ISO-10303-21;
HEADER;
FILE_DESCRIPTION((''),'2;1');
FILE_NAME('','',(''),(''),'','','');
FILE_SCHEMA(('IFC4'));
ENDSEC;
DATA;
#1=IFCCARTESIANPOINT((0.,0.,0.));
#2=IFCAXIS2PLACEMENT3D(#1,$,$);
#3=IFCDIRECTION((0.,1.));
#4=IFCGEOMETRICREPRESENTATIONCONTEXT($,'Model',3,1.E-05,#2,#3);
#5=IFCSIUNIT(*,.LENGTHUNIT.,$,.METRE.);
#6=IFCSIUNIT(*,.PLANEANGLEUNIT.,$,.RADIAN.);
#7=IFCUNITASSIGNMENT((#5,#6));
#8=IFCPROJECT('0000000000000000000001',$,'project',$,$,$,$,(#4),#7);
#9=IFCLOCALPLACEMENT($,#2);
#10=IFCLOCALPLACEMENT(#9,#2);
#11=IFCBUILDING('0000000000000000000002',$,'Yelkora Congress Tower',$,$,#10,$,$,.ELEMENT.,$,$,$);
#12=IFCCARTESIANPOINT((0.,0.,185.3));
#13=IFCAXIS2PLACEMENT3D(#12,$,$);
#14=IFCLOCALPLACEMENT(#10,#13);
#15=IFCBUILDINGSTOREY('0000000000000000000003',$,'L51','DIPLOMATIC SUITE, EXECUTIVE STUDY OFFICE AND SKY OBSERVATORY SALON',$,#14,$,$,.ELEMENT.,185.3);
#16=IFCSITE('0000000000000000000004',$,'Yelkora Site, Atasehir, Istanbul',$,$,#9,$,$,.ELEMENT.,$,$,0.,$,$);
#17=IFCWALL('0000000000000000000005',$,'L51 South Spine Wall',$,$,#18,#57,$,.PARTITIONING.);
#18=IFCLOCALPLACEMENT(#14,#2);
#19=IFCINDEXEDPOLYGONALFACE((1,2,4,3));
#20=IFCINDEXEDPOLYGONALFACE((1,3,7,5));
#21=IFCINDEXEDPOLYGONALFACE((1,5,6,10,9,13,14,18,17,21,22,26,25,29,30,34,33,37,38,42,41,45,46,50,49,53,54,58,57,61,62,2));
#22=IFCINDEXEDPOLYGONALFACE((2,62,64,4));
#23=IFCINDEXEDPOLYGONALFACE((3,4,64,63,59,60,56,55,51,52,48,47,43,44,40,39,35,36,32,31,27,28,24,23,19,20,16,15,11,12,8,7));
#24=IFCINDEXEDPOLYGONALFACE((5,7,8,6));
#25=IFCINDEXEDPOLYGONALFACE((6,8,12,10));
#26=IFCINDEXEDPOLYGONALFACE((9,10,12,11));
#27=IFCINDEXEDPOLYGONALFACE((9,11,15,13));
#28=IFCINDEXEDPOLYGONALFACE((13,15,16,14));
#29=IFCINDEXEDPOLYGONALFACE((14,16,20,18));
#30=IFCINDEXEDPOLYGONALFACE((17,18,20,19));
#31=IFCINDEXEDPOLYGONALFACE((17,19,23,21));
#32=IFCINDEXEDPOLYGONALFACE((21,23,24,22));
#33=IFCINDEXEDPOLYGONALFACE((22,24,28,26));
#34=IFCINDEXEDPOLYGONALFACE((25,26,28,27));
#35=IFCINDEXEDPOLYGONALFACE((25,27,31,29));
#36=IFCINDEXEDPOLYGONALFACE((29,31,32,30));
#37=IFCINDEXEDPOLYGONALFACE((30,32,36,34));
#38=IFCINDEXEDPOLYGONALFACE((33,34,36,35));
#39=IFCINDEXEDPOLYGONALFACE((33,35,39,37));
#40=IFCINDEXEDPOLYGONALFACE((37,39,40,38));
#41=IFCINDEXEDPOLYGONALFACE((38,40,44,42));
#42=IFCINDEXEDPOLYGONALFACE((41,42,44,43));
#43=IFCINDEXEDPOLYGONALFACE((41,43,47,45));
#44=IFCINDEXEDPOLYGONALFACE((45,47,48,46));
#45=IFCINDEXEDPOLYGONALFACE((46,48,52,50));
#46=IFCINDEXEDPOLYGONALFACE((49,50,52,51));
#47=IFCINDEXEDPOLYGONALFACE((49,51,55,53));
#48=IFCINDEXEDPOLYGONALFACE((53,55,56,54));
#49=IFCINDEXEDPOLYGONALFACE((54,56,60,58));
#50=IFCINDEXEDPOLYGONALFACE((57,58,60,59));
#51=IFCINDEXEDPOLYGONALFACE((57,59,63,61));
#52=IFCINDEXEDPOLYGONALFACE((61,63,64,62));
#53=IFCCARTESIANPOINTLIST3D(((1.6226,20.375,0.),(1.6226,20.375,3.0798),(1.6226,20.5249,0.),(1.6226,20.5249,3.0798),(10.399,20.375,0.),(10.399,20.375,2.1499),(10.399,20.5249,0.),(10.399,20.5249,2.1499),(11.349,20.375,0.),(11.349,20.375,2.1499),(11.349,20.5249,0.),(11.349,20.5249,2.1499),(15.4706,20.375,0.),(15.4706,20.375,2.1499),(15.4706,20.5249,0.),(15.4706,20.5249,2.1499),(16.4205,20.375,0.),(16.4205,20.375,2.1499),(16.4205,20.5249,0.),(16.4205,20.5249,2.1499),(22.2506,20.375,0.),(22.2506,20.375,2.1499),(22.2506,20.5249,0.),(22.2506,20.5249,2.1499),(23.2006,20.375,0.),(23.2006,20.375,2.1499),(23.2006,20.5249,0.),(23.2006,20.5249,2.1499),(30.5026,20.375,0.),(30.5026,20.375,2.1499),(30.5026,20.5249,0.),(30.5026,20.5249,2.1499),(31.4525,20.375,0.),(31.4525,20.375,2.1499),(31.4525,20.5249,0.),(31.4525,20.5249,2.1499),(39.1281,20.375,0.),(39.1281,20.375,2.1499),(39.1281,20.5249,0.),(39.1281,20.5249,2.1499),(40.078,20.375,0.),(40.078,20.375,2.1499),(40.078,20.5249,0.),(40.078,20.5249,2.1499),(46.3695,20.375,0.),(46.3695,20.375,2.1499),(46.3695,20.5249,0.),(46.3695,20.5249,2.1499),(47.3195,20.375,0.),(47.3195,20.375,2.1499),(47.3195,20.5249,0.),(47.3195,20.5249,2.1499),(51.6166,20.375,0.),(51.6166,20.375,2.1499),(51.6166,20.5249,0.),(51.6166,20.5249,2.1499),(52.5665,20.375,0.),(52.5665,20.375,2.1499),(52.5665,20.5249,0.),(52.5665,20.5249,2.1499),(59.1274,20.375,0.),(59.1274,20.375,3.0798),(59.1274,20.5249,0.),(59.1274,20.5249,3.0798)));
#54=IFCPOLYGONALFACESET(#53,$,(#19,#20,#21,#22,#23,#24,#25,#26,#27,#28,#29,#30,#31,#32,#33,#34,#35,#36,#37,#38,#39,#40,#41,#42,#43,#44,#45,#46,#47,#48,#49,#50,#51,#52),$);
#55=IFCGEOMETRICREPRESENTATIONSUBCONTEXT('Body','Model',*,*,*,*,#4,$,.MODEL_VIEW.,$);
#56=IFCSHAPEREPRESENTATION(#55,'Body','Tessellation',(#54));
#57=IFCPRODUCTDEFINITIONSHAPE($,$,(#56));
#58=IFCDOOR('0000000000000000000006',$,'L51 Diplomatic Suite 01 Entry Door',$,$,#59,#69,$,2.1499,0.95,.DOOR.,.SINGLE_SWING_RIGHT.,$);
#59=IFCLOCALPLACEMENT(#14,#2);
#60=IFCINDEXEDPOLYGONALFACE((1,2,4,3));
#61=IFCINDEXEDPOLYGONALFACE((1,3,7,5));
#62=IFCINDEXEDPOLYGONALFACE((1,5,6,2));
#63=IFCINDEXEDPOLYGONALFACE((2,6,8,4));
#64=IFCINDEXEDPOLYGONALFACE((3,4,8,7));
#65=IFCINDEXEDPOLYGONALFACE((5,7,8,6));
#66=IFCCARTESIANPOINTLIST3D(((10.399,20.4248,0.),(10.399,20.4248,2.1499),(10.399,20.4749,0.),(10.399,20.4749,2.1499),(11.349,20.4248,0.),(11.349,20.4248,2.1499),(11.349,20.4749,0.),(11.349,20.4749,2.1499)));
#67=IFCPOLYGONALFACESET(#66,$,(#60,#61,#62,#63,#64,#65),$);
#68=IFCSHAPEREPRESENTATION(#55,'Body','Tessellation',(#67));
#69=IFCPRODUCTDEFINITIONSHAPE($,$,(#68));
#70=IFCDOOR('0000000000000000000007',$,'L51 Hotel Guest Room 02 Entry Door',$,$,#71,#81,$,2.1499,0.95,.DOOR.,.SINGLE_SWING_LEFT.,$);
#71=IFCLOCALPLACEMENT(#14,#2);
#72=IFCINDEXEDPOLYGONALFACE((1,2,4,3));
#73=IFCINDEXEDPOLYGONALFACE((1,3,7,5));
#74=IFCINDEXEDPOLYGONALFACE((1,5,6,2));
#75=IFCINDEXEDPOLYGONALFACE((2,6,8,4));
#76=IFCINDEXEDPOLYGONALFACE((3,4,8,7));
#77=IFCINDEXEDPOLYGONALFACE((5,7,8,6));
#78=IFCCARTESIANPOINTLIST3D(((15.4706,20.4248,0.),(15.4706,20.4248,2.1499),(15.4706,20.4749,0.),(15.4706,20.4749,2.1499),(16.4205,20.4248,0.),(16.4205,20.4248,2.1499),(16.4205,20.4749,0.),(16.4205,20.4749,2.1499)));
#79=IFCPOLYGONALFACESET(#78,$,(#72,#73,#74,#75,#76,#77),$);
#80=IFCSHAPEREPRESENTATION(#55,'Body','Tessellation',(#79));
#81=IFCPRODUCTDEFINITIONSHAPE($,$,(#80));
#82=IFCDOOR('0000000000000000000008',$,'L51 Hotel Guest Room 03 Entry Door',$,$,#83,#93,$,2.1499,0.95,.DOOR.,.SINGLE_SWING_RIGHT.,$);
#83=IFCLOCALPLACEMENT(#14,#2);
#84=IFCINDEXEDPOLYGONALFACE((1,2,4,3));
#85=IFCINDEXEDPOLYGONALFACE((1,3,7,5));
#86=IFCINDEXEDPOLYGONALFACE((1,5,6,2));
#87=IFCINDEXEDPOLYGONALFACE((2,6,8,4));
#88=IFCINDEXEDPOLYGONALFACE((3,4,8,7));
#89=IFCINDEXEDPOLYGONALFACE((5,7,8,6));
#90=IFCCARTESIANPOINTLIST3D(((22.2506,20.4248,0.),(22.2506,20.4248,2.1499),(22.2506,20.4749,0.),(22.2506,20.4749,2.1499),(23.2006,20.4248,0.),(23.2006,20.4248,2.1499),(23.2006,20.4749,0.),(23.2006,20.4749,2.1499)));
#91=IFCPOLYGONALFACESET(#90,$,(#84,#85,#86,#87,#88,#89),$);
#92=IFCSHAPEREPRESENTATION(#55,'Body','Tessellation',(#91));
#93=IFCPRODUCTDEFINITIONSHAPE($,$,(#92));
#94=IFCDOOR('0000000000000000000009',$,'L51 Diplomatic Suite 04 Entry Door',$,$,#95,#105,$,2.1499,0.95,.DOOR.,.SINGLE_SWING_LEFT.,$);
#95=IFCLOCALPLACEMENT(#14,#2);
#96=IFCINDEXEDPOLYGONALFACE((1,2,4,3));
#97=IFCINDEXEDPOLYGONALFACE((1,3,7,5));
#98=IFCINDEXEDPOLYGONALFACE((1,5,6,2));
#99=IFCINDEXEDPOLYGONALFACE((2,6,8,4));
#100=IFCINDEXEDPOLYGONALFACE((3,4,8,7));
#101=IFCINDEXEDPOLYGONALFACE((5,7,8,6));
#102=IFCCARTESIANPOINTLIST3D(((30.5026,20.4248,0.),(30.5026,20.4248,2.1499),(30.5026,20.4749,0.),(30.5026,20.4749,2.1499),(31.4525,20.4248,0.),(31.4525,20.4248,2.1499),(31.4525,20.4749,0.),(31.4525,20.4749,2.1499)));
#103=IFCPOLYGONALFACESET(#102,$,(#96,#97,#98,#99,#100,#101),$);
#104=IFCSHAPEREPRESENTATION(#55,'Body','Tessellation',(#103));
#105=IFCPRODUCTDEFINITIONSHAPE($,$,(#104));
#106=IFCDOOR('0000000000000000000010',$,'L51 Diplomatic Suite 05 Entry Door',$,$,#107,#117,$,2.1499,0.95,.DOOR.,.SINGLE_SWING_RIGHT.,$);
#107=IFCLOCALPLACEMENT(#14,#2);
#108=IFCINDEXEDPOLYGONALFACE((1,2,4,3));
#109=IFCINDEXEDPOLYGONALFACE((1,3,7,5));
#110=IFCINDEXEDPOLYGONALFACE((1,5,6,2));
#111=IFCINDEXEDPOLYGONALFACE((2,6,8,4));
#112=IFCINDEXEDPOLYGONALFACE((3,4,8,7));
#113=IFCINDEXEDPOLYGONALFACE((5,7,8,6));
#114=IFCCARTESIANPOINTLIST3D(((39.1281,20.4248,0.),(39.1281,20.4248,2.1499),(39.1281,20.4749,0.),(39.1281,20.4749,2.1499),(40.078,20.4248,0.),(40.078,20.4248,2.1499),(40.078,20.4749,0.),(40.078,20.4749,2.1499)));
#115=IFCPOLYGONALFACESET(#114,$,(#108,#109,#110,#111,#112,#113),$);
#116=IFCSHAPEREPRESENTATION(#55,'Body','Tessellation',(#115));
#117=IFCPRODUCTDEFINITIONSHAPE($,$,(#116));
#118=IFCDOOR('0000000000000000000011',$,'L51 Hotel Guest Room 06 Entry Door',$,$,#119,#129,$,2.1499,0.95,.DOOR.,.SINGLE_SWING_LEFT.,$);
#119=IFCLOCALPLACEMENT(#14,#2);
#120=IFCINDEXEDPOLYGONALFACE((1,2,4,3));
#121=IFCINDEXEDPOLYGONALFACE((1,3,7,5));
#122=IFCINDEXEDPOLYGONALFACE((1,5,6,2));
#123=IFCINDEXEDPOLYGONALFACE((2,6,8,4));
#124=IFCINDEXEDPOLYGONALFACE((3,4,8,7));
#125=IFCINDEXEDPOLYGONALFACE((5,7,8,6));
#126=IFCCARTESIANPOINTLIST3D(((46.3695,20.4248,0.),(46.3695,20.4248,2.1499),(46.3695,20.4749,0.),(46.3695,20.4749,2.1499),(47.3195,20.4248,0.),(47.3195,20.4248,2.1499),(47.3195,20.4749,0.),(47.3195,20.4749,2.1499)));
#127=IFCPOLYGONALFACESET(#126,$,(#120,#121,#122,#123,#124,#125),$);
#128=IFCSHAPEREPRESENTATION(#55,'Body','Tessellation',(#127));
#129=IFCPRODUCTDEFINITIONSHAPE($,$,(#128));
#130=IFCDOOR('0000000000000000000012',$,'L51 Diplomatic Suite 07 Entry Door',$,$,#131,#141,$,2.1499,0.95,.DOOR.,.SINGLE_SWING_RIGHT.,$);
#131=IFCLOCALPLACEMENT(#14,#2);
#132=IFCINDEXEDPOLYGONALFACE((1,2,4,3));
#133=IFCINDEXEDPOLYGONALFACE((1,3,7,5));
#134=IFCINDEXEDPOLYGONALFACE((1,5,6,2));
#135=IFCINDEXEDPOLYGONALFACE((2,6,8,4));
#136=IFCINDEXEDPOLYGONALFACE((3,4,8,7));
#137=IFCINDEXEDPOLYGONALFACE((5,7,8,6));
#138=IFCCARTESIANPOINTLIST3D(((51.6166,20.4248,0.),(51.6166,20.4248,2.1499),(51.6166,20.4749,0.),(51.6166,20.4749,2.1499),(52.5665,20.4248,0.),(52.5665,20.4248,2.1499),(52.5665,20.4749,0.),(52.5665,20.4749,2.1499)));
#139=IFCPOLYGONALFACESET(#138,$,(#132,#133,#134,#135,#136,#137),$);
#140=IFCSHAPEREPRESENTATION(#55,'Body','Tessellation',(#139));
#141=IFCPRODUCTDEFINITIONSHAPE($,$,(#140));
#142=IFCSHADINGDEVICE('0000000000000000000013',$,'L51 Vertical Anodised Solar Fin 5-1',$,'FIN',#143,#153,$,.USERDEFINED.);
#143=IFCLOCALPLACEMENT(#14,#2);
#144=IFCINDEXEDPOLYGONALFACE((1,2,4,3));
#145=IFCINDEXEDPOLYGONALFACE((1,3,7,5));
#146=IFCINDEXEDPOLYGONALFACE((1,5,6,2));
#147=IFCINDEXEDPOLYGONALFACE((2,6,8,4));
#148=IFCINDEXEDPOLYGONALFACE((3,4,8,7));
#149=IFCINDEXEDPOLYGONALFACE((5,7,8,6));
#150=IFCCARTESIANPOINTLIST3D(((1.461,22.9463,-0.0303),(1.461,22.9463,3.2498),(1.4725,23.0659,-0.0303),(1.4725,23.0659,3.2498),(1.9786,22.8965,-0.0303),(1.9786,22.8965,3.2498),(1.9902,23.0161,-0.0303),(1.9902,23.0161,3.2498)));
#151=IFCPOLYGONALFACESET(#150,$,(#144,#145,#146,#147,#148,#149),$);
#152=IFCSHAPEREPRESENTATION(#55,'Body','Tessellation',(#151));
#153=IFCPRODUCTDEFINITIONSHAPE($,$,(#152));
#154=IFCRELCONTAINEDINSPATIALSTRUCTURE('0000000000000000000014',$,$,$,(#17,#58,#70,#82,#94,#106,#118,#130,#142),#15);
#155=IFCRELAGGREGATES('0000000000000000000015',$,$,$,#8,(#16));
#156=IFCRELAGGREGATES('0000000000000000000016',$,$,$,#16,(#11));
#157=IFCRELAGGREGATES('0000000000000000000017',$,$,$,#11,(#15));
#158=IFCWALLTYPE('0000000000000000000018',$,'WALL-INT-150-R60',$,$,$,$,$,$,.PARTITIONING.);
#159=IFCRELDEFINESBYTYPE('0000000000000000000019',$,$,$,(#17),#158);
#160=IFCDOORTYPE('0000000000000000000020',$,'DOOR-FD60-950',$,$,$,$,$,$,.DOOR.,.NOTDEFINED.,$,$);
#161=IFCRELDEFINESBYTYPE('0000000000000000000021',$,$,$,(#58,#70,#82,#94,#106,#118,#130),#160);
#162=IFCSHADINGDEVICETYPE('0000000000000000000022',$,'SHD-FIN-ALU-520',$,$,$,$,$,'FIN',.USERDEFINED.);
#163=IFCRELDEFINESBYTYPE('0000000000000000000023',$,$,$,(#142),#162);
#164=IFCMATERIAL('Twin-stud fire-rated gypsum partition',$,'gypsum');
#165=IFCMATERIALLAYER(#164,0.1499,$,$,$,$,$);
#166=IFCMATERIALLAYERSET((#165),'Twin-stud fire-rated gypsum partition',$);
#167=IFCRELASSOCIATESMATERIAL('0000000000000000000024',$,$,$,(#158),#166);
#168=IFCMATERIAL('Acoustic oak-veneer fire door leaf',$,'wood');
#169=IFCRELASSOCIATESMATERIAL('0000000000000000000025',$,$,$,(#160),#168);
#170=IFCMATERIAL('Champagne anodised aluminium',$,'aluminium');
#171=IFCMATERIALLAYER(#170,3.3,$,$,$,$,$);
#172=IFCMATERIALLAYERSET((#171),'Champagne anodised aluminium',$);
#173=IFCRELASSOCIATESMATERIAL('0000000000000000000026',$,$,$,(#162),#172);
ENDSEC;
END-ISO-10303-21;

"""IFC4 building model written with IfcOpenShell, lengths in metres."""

from ifc_helpers import new_model, si_unit, direction, frame, frame_2d, origin, origin_2d, place, context, subcontext, project, spatial, rectangle, extrude, material, layer, layer_set, type_object, element, fill, save


model = new_model("IFC4")

# Units and contexts
model_context = context("Model", 3, precision=1e-05, world=origin(), true_north=direction((0.0, 1.0)))
body_context = subcontext(model_context, "Body", "Model", "MODEL_VIEW")
ifc_project = project(units=[si_unit("LENGTHUNIT", "METRE"), si_unit("PLANEANGLEUNIT", "RADIAN")], contexts=[model_context])

# Site, building, storey
site_placement = place(None, origin())
site = spatial("IfcSite", under=ifc_project, at=site_placement, Name="Yelkora Site, Atasehir, Istanbul", CompositionType="ELEMENT", RefElevation=0.0)
building_placement = place(site_placement, origin())
building = spatial("IfcBuilding", under=site, at=building_placement, Name="Yelkora Congress Tower", CompositionType="ELEMENT")
storey_placement = place(building_placement, frame((0.0, 0.0, 185.3)))
storey = spatial("IfcBuildingStorey", under=building, at=storey_placement, Name="L51", Description="DIPLOMATIC SUITE, EXECUTIVE STUDY OFFICE AND SKY OBSERVATORY SALON", CompositionType="ELEMENT", Elevation=185.3)

# Wall, openings, doors
ifc_material_1 = material(Name="Twin-stud fire-rated gypsum partition", Category="gypsum")
ifc_layer_1 = layer(ifc_material_1, 0.1499)
ifc_layer_set_1 = layer_set([ifc_layer_1], Name="Twin-stud fire-rated gypsum partition")
wall_type_1 = type_object("IfcWallType", Name="WALL-INT-150-R60", PredefinedType="PARTITIONING", material=ifc_layer_set_1)
wall_1_placement = place(storey_placement, frame((1.6226, 20.45, 0.0), z_axis=(0.0, 0.0, 1.0), x_axis=(1.0, 0.0, 0.0)))
wall_1 = element("IfcWall", 1, at=wall_1_placement, inside=storey, type_object=wall_type_1, Name="L51 South Spine Wall", PredefinedType="PARTITIONING", context=body_context, shape_type="SweptSolid", body=[
    extrude(rectangle(XDim=57.5049, YDim=0.1499, at=frame_2d((28.7524, 0.0))), origin(), (0.0, 0.0, 1.0), 3.0798),
])
opening_1_placement = place(wall_1_placement, frame((8.7764, 0.0, 0.0)))
opening_1 = element("IfcOpeningElement", 2, at=opening_1_placement, cuts=wall_1, PredefinedType="OPENING", context=body_context, shape_type="SweptSolid", body=[
    extrude(rectangle(XDim=0.95, YDim=2.1499, at=frame_2d((0.4751, 1.075))), frame((0.0, 0.085, 0.0), z_axis=(0.0, -1.0, 0.0), x_axis=(1.0, 0.0, 0.0)), (0.0, 0.0, 1.0), 0.1699),
])
opening_2_placement = place(wall_1_placement, frame((13.8479, 0.0, 0.0)))
opening_2 = element("IfcOpeningElement", 3, at=opening_2_placement, cuts=wall_1, PredefinedType="OPENING", context=body_context, shape_type="SweptSolid", body=[
    extrude(rectangle(XDim=0.95, YDim=2.1499, at=frame_2d((0.4751, 1.075))), frame((0.0, 0.085, 0.0), z_axis=(0.0, -1.0, 0.0), x_axis=(1.0, 0.0, 0.0)), (0.0, 0.0, 1.0), 0.1699),
])
opening_3_placement = place(wall_1_placement, frame((20.6279, 0.0, 0.0)))
opening_3 = element("IfcOpeningElement", 4, at=opening_3_placement, cuts=wall_1, PredefinedType="OPENING", context=body_context, shape_type="SweptSolid", body=[
    extrude(rectangle(XDim=0.95, YDim=2.1499, at=frame_2d((0.4751, 1.075))), frame((0.0, 0.085, 0.0), z_axis=(0.0, -1.0, 0.0), x_axis=(1.0, 0.0, 0.0)), (0.0, 0.0, 1.0), 0.1699),
])
opening_4_placement = place(wall_1_placement, frame((28.8799, 0.0, 0.0)))
opening_4 = element("IfcOpeningElement", 5, at=opening_4_placement, cuts=wall_1, PredefinedType="OPENING", context=body_context, shape_type="SweptSolid", body=[
    extrude(rectangle(XDim=0.95, YDim=2.1499, at=frame_2d((0.4751, 1.075))), frame((0.0, 0.085, 0.0), z_axis=(0.0, -1.0, 0.0), x_axis=(1.0, 0.0, 0.0)), (0.0, 0.0, 1.0), 0.1699),
])
opening_5_placement = place(wall_1_placement, frame((37.5054, 0.0, 0.0)))
opening_5 = element("IfcOpeningElement", 6, at=opening_5_placement, cuts=wall_1, PredefinedType="OPENING", context=body_context, shape_type="SweptSolid", body=[
    extrude(rectangle(XDim=0.95, YDim=2.1499, at=frame_2d((0.4751, 1.075))), frame((0.0, 0.085, 0.0), z_axis=(0.0, -1.0, 0.0), x_axis=(1.0, 0.0, 0.0)), (0.0, 0.0, 1.0), 0.1699),
])
opening_6_placement = place(wall_1_placement, frame((44.7468, 0.0, 0.0)))
opening_6 = element("IfcOpeningElement", 7, at=opening_6_placement, cuts=wall_1, PredefinedType="OPENING", context=body_context, shape_type="SweptSolid", body=[
    extrude(rectangle(XDim=0.95, YDim=2.1499, at=frame_2d((0.4751, 1.075))), frame((0.0, 0.085, 0.0), z_axis=(0.0, -1.0, 0.0), x_axis=(1.0, 0.0, 0.0)), (0.0, 0.0, 1.0), 0.1699),
])
opening_7_placement = place(wall_1_placement, frame((49.9939, 0.0, 0.0)))
opening_7 = element("IfcOpeningElement", 8, at=opening_7_placement, cuts=wall_1, PredefinedType="OPENING", context=body_context, shape_type="SweptSolid", body=[
    extrude(rectangle(XDim=0.95, YDim=2.1499, at=frame_2d((0.4751, 1.075))), frame((0.0, 0.085, 0.0), z_axis=(0.0, -1.0, 0.0), x_axis=(1.0, 0.0, 0.0)), (0.0, 0.0, 1.0), 0.1699),
])
ifc_material_2 = material(Name="Acoustic oak-veneer fire door leaf", Category="wood")
door_type_1 = type_object("IfcDoorType", Name="DOOR-FD60-950", OperationType="NOTDEFINED", PredefinedType="DOOR", material=ifc_material_2)
door_1_placement = place(opening_1_placement, origin())
door_1 = element("IfcDoor", 9, at=door_1_placement, inside=storey, type_object=door_type_1, Name="L51 Diplomatic Suite 01 Entry Door", OperationType="SINGLE_SWING_RIGHT", OverallHeight=2.1499, OverallWidth=0.95, PredefinedType="DOOR", context=body_context, shape_type="SweptSolid", body=[
    extrude(rectangle(XDim=0.95, YDim=2.1499, at=frame_2d((0.4751, 1.075))), frame((0.0, 0.0249, 0.0), z_axis=(0.0, -1.0, 0.0), x_axis=(1.0, 0.0, 0.0)), (0.0, 0.0, 1.0), 0.05),
])
fill(opening_1, door_1)
door_2_placement = place(opening_2_placement, origin())
door_2 = element("IfcDoor", 10, at=door_2_placement, inside=storey, type_object=door_type_1, Name="L51 Hotel Guest Room 02 Entry Door", OperationType="SINGLE_SWING_LEFT", OverallHeight=2.1499, OverallWidth=0.95, PredefinedType="DOOR", context=body_context, shape_type="SweptSolid", body=[
    extrude(rectangle(XDim=0.95, YDim=2.1499, at=frame_2d((0.4751, 1.075))), frame((0.0, 0.0249, 0.0), z_axis=(0.0, -1.0, 0.0), x_axis=(1.0, 0.0, 0.0)), (0.0, 0.0, 1.0), 0.05),
])
fill(opening_2, door_2)
door_3_placement = place(opening_3_placement, origin())
door_3 = element("IfcDoor", 11, at=door_3_placement, inside=storey, type_object=door_type_1, Name="L51 Hotel Guest Room 03 Entry Door", OperationType="SINGLE_SWING_RIGHT", OverallHeight=2.1499, OverallWidth=0.95, PredefinedType="DOOR", context=body_context, shape_type="SweptSolid", body=[
    extrude(rectangle(XDim=0.95, YDim=2.1499, at=frame_2d((0.4751, 1.075))), frame((0.0, 0.0249, 0.0), z_axis=(0.0, -1.0, 0.0), x_axis=(1.0, 0.0, 0.0)), (0.0, 0.0, 1.0), 0.05),
])
fill(opening_3, door_3)
door_4_placement = place(opening_4_placement, origin())
door_4 = element("IfcDoor", 12, at=door_4_placement, inside=storey, type_object=door_type_1, Name="L51 Diplomatic Suite 04 Entry Door", OperationType="SINGLE_SWING_LEFT", OverallHeight=2.1499, OverallWidth=0.95, PredefinedType="DOOR", context=body_context, shape_type="SweptSolid", body=[
    extrude(rectangle(XDim=0.95, YDim=2.1499, at=frame_2d((0.4751, 1.075))), frame((0.0, 0.0249, 0.0), z_axis=(0.0, -1.0, 0.0), x_axis=(1.0, 0.0, 0.0)), (0.0, 0.0, 1.0), 0.05),
])
fill(opening_4, door_4)
door_5_placement = place(opening_5_placement, origin())
door_5 = element("IfcDoor", 13, at=door_5_placement, inside=storey, type_object=door_type_1, Name="L51 Diplomatic Suite 05 Entry Door", OperationType="SINGLE_SWING_RIGHT", OverallHeight=2.1499, OverallWidth=0.95, PredefinedType="DOOR", context=body_context, shape_type="SweptSolid", body=[
    extrude(rectangle(XDim=0.95, YDim=2.1499, at=frame_2d((0.4751, 1.075))), frame((0.0, 0.0249, 0.0), z_axis=(0.0, -1.0, 0.0), x_axis=(1.0, 0.0, 0.0)), (0.0, 0.0, 1.0), 0.05),
])
fill(opening_5, door_5)
door_6_placement = place(opening_6_placement, origin())
door_6 = element("IfcDoor", 14, at=door_6_placement, inside=storey, type_object=door_type_1, Name="L51 Hotel Guest Room 06 Entry Door", OperationType="SINGLE_SWING_LEFT", OverallHeight=2.1499, OverallWidth=0.95, PredefinedType="DOOR", context=body_context, shape_type="SweptSolid", body=[
    extrude(rectangle(XDim=0.95, YDim=2.1499, at=frame_2d((0.4751, 1.075))), frame((0.0, 0.0249, 0.0), z_axis=(0.0, -1.0, 0.0), x_axis=(1.0, 0.0, 0.0)), (0.0, 0.0, 1.0), 0.05),
])
fill(opening_6, door_6)
door_7_placement = place(opening_7_placement, origin())
door_7 = element("IfcDoor", 15, at=door_7_placement, inside=storey, type_object=door_type_1, Name="L51 Diplomatic Suite 07 Entry Door", OperationType="SINGLE_SWING_RIGHT", OverallHeight=2.1499, OverallWidth=0.95, PredefinedType="DOOR", context=body_context, shape_type="SweptSolid", body=[
    extrude(rectangle(XDim=0.95, YDim=2.1499, at=frame_2d((0.4751, 1.075))), frame((0.0, 0.0249, 0.0), z_axis=(0.0, -1.0, 0.0), x_axis=(1.0, 0.0, 0.0)), (0.0, 0.0, 1.0), 0.05),
])
fill(opening_7, door_7)

# Shading device
ifc_material_3 = material(Name="Champagne anodised aluminium", Category="aluminium")
ifc_layer_2 = layer(ifc_material_3, 3.3)
ifc_layer_set_2 = layer_set([ifc_layer_2], Name="Champagne anodised aluminium")
shading_device_type = type_object("IfcShadingDeviceType", Name="SHD-FIN-ALU-520", ElementType="FIN", PredefinedType="USERDEFINED", material=ifc_layer_set_2)
shading_device_placement = place(storey_placement, frame((1.7256, 22.9812, -0.0303), z_axis=(0.0, 0.0, 1.0), x_axis=(0.095846, 0.995396, 0.0)))
element("IfcShadingDevice", 16, at=shading_device_placement, inside=storey, type_object=shading_device_type, Name="L51 Vertical Anodised Solar Fin 5-1", ObjectType="FIN", PredefinedType="USERDEFINED", context=body_context, shape_type="SweptSolid", body=[
    extrude(rectangle(XDim=0.1201, YDim=0.52, at=origin_2d()), origin(), (0.0, 0.0, 1.0), 3.28),
])

save(model, "model.ifc")
